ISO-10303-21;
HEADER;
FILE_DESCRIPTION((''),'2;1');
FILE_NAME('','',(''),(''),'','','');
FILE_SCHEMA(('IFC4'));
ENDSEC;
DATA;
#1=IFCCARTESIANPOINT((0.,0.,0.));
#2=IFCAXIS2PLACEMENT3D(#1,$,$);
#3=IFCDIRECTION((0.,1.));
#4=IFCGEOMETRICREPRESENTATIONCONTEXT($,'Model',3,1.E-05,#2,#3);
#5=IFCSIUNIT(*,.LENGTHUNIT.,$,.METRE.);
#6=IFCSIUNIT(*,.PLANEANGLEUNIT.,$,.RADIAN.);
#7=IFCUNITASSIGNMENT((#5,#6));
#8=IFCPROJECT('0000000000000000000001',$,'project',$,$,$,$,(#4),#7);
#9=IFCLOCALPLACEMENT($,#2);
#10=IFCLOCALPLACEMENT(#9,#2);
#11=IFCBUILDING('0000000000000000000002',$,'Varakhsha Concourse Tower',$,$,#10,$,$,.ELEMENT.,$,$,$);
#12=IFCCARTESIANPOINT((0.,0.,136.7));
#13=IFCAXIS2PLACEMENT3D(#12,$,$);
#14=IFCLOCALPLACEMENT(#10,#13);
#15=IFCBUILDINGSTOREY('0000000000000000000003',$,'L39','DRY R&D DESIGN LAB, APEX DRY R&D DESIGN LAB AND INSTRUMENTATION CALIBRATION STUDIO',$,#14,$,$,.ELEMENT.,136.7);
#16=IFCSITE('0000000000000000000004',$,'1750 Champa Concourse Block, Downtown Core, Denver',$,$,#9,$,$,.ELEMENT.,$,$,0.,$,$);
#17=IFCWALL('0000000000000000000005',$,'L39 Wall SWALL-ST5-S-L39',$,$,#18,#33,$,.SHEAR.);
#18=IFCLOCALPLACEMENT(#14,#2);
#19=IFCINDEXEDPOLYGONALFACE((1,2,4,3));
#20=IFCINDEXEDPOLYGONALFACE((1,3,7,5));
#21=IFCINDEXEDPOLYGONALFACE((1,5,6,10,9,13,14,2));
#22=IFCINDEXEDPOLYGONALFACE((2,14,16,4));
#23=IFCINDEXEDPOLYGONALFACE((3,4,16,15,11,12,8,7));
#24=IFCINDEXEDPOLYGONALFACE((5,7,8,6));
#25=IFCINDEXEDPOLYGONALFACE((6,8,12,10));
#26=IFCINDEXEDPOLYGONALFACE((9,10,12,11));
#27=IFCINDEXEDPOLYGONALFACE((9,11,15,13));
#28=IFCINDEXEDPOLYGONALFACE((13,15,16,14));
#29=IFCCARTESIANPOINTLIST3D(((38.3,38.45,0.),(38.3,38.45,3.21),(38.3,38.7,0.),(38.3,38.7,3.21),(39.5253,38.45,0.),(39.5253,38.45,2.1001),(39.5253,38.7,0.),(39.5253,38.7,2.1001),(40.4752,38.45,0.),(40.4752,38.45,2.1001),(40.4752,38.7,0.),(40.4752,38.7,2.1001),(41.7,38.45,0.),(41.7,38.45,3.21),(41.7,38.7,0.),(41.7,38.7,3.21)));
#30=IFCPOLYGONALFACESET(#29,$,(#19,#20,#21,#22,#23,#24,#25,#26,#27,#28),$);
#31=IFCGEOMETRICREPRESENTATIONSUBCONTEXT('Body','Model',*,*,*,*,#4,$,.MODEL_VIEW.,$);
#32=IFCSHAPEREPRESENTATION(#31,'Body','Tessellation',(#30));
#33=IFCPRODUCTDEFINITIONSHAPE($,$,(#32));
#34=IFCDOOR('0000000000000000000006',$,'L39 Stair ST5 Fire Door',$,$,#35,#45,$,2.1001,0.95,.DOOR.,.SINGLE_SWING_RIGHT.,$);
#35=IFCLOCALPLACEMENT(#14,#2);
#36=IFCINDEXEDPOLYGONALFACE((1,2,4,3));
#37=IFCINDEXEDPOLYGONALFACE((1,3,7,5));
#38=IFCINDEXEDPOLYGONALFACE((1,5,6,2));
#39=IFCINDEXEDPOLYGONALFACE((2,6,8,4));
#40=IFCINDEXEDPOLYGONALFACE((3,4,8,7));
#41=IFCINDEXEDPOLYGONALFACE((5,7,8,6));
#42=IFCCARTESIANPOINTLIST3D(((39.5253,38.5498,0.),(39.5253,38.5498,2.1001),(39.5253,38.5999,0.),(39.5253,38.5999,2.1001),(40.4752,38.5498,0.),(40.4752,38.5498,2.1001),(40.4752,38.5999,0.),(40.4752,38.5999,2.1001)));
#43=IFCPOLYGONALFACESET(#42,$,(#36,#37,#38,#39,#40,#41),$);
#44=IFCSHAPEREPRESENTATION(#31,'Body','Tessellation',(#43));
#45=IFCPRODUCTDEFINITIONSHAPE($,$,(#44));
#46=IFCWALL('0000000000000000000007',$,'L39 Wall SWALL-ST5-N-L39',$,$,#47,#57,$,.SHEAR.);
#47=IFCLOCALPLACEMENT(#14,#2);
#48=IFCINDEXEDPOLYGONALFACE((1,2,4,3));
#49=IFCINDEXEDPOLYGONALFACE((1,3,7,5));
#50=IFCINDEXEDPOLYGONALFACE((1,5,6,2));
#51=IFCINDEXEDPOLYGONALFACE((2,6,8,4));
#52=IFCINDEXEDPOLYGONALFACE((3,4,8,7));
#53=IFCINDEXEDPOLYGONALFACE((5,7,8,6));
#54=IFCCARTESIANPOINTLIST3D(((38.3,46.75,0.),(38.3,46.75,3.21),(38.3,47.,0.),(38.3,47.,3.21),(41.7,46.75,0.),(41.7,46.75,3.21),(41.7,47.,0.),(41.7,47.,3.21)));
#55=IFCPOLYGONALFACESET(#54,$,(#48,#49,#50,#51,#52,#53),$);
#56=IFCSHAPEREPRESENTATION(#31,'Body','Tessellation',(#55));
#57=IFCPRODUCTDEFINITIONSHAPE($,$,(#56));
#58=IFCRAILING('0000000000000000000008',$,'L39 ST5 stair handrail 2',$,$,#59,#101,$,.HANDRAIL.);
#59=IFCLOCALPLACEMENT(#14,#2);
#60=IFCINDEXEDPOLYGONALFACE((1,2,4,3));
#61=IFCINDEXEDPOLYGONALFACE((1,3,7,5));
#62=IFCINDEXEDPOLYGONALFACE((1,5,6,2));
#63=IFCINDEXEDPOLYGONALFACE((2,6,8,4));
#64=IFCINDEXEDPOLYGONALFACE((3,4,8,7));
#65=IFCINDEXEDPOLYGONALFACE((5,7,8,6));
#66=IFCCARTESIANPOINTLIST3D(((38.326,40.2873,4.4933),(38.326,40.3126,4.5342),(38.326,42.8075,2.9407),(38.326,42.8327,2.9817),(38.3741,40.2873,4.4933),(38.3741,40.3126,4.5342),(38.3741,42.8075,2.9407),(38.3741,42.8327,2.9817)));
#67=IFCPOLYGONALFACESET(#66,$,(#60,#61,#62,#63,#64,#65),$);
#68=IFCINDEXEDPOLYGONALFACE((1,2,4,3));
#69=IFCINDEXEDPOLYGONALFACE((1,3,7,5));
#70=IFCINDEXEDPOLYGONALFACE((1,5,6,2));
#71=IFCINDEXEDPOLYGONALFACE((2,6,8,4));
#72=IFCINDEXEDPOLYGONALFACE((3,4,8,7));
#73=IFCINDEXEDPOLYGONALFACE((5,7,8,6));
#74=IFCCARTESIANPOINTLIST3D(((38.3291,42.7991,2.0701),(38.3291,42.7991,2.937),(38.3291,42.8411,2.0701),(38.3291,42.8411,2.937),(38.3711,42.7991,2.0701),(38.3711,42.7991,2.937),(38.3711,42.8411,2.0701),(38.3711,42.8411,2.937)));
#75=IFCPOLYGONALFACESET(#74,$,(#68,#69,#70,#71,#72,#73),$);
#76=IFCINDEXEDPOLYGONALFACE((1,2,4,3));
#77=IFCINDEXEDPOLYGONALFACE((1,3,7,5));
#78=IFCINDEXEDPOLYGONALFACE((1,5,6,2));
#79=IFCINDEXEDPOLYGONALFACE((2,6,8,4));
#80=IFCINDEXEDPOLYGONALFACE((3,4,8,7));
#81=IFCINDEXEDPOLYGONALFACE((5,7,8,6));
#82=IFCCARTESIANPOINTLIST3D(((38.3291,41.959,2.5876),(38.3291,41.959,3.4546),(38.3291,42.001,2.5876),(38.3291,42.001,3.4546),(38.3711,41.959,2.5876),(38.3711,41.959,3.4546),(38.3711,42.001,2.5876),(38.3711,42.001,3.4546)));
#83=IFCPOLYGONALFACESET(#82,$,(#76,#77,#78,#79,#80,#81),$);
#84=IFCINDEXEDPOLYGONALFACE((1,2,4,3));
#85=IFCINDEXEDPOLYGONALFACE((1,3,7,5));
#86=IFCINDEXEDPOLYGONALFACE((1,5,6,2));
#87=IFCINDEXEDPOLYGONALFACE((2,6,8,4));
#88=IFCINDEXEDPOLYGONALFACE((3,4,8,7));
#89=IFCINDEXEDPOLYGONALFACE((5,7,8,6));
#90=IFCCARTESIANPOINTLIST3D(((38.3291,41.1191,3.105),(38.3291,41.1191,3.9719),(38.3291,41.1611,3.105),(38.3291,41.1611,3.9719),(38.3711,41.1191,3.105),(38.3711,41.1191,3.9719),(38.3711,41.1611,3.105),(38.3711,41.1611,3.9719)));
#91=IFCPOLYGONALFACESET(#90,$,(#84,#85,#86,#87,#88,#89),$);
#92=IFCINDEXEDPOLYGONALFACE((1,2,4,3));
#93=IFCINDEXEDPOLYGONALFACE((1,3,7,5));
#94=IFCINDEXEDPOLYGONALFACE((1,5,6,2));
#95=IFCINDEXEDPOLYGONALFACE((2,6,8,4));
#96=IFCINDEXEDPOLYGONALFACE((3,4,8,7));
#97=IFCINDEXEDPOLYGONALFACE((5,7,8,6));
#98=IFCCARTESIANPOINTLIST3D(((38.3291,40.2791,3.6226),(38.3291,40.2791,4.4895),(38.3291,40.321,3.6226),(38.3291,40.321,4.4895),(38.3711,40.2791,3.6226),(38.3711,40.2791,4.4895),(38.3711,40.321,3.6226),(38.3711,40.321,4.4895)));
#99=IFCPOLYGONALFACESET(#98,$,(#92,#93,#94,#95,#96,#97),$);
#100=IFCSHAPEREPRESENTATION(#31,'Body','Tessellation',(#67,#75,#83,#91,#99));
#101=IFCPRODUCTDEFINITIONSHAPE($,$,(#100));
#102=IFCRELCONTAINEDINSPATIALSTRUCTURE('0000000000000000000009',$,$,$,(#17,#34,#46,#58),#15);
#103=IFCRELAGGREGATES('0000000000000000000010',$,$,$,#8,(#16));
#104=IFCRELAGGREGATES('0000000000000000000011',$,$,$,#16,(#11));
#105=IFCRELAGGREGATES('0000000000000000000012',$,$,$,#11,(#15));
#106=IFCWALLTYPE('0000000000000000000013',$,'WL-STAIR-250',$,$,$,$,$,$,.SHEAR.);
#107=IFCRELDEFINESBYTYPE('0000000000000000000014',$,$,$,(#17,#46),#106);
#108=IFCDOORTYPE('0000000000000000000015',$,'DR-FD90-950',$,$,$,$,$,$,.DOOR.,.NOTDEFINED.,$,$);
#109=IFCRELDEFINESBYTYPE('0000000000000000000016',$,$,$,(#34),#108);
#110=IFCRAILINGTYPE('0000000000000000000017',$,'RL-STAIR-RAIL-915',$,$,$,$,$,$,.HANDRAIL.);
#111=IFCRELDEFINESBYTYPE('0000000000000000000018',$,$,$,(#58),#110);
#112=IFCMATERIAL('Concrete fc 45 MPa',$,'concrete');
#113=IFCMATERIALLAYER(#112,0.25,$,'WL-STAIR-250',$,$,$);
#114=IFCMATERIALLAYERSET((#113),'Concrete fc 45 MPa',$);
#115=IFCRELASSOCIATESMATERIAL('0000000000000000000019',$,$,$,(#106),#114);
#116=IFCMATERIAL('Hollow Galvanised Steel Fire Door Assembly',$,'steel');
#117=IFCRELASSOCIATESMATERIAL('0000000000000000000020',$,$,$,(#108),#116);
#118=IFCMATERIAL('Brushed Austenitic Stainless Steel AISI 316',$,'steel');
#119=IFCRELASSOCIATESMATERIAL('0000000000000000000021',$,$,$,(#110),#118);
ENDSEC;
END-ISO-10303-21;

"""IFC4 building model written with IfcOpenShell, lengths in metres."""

from ifc_helpers import new_model, si_unit, direction, frame, frame_2d, origin, origin_2d, place, context, subcontext, project, spatial, rectangle, extrude, material, layer, layer_set, type_object, element, fill, save


model = new_model("IFC4")

# Units and contexts
model_context = context("Model", 3, precision=1e-05, world=origin(), true_north=direction((0.0, 1.0)))
body_context = subcontext(model_context, "Body", "Model", "MODEL_VIEW")
ifc_project = project(units=[si_unit("LENGTHUNIT", "METRE"), si_unit("PLANEANGLEUNIT", "RADIAN")], contexts=[model_context])

# Site, building, storey
site_placement = place(None, origin())
site = spatial("IfcSite", under=ifc_project, at=site_placement, Name="1750 Champa Concourse Block, Downtown Core, Denver", CompositionType="ELEMENT", RefElevation=0.0)
building_placement = place(site_placement, origin())
building = spatial("IfcBuilding", under=site, at=building_placement, Name="Varakhsha Concourse Tower", CompositionType="ELEMENT")
storey_placement = place(building_placement, frame((0.0, 0.0, 136.7)))
storey = spatial("IfcBuildingStorey", under=building, at=storey_placement, Name="L39", Description="DRY R&D DESIGN LAB, APEX DRY R&D DESIGN LAB AND INSTRUMENTATION CALIBRATION STUDIO", CompositionType="ELEMENT", Elevation=136.7)

# Shared definitions
ifc_material_1 = material(Name="Concrete fc 45 MPa", Category="concrete")

# Shared definitions
ifc_material_2 = material(Name="Hollow Galvanised Steel Fire Door Assembly", Category="steel")

# Shared definitions
ifc_layer_1 = layer(ifc_material_1, 0.25, Name="WL-STAIR-250")
ifc_layer_set_1 = layer_set([ifc_layer_1], Name="Concrete fc 45 MPa")
wall_type_1 = type_object("IfcWallType", Name="WL-STAIR-250", PredefinedType="SHEAR", material=ifc_layer_set_1)

# Wall, opening, door
wall_1_placement = place(storey_placement, frame((38.3, 38.575, 0.0), z_axis=(0.0, 0.0, 1.0), x_axis=(1.0, 0.0, 0.0)))
wall_1 = element("IfcWall", 1, at=wall_1_placement, inside=storey, type_object=wall_type_1, Name="L39 Wall SWALL-ST5-S-L39", PredefinedType="SHEAR", context=body_context, shape_type="SweptSolid", body=[
    extrude(rectangle(XDim=3.3999, YDim=0.25, at=frame_2d((1.7, 0.0))), origin(), (0.0, 0.0, 1.0), 3.21),
])
opening_1_placement = place(wall_1_placement, frame((1.2251, 0.0, 0.0)))
opening_1 = element("IfcOpeningElement", 2, at=opening_1_placement, cuts=wall_1, PredefinedType="OPENING", context=body_context, shape_type="SweptSolid", body=[
    extrude(rectangle(XDim=0.95, YDim=2.1001, at=frame_2d((0.4751, 1.05))), frame((0.0, 0.135, 0.0), z_axis=(0.0, -1.0, 0.0), x_axis=(1.0, 0.0, 0.0)), (0.0, 0.0, 1.0), 0.27),
])
door_type_1 = type_object("IfcDoorType", Name="DR-FD90-950", OperationType="NOTDEFINED", PredefinedType="DOOR", material=ifc_material_2)
door_1_placement = place(opening_1_placement, origin())
door_1 = element("IfcDoor", 3, at=door_1_placement, inside=storey, type_object=door_type_1, Name="L39 Stair ST5 Fire Door", OperationType="SINGLE_SWING_RIGHT", OverallHeight=2.1001, OverallWidth=0.95, PredefinedType="DOOR", context=body_context, shape_type="SweptSolid", body=[
    extrude(rectangle(XDim=0.95, YDim=2.1001, at=frame_2d((0.4751, 1.05))), frame((0.0, 0.0249, 0.0), z_axis=(0.0, -1.0, 0.0), x_axis=(1.0, 0.0, 0.0)), (0.0, 0.0, 1.0), 0.05),
])
fill(opening_1, door_1)

# Wall
wall_2_placement = place(storey_placement, frame((38.3, 46.875, 0.0), z_axis=(0.0, 0.0, 1.0), x_axis=(1.0, 0.0, 0.0)))
element("IfcWall", 4, at=wall_2_placement, inside=storey, type_object=wall_type_1, Name="L39 Wall SWALL-ST5-N-L39", PredefinedType="SHEAR", context=body_context, shape_type="SweptSolid", body=[
    extrude(rectangle(XDim=3.3999, YDim=0.25, at=frame_2d((1.7, 0.0))), origin(), (0.0, 0.0, 1.0), 3.21),
])

# Railing
ifc_material_3 = material(Name="Brushed Austenitic Stainless Steel AISI 316", Category="steel")
railing_type = type_object("IfcRailingType", Name="RL-STAIR-RAIL-915", PredefinedType="HANDRAIL", material=ifc_material_3)
railing_placement = place(storey_placement, frame((38.3501, 42.8201, 2.0701)))
element("IfcRailing", 5, at=railing_placement, inside=storey, type_object=railing_type, Name="L39 ST5 stair handrail 2", PredefinedType="HANDRAIL", context=body_context, shape_type="SweptSolid", body=[
    extrude(rectangle(XDim=0.0481, YDim=0.0481, at=origin_2d()), frame((0.0, 0.0, 0.8911), z_axis=(0.0, -0.8514, 0.524516), x_axis=(1.0, 0.0, 0.0)), (0.0, 0.0, 1.0), 2.96),
    extrude(rectangle(XDim=0.042, YDim=0.042, at=origin_2d()), origin(), (0.0, 0.0, 1.0), 0.8669),
    extrude(rectangle(XDim=0.042, YDim=0.042, at=origin_2d()), frame((0.0, -0.8401, 0.5176)), (0.0, 0.0, 1.0), 0.8669),
    extrude(rectangle(XDim=0.042, YDim=0.042, at=origin_2d()), frame((0.0, -1.6799, 1.0349)), (0.0, 0.0, 1.0), 0.8669),
    extrude(rectangle(XDim=0.042, YDim=0.042, at=origin_2d()), frame((0.0, -2.52, 1.5525)), (0.0, 0.0, 1.0), 0.8669),
])

save(model, "model.ifc")
